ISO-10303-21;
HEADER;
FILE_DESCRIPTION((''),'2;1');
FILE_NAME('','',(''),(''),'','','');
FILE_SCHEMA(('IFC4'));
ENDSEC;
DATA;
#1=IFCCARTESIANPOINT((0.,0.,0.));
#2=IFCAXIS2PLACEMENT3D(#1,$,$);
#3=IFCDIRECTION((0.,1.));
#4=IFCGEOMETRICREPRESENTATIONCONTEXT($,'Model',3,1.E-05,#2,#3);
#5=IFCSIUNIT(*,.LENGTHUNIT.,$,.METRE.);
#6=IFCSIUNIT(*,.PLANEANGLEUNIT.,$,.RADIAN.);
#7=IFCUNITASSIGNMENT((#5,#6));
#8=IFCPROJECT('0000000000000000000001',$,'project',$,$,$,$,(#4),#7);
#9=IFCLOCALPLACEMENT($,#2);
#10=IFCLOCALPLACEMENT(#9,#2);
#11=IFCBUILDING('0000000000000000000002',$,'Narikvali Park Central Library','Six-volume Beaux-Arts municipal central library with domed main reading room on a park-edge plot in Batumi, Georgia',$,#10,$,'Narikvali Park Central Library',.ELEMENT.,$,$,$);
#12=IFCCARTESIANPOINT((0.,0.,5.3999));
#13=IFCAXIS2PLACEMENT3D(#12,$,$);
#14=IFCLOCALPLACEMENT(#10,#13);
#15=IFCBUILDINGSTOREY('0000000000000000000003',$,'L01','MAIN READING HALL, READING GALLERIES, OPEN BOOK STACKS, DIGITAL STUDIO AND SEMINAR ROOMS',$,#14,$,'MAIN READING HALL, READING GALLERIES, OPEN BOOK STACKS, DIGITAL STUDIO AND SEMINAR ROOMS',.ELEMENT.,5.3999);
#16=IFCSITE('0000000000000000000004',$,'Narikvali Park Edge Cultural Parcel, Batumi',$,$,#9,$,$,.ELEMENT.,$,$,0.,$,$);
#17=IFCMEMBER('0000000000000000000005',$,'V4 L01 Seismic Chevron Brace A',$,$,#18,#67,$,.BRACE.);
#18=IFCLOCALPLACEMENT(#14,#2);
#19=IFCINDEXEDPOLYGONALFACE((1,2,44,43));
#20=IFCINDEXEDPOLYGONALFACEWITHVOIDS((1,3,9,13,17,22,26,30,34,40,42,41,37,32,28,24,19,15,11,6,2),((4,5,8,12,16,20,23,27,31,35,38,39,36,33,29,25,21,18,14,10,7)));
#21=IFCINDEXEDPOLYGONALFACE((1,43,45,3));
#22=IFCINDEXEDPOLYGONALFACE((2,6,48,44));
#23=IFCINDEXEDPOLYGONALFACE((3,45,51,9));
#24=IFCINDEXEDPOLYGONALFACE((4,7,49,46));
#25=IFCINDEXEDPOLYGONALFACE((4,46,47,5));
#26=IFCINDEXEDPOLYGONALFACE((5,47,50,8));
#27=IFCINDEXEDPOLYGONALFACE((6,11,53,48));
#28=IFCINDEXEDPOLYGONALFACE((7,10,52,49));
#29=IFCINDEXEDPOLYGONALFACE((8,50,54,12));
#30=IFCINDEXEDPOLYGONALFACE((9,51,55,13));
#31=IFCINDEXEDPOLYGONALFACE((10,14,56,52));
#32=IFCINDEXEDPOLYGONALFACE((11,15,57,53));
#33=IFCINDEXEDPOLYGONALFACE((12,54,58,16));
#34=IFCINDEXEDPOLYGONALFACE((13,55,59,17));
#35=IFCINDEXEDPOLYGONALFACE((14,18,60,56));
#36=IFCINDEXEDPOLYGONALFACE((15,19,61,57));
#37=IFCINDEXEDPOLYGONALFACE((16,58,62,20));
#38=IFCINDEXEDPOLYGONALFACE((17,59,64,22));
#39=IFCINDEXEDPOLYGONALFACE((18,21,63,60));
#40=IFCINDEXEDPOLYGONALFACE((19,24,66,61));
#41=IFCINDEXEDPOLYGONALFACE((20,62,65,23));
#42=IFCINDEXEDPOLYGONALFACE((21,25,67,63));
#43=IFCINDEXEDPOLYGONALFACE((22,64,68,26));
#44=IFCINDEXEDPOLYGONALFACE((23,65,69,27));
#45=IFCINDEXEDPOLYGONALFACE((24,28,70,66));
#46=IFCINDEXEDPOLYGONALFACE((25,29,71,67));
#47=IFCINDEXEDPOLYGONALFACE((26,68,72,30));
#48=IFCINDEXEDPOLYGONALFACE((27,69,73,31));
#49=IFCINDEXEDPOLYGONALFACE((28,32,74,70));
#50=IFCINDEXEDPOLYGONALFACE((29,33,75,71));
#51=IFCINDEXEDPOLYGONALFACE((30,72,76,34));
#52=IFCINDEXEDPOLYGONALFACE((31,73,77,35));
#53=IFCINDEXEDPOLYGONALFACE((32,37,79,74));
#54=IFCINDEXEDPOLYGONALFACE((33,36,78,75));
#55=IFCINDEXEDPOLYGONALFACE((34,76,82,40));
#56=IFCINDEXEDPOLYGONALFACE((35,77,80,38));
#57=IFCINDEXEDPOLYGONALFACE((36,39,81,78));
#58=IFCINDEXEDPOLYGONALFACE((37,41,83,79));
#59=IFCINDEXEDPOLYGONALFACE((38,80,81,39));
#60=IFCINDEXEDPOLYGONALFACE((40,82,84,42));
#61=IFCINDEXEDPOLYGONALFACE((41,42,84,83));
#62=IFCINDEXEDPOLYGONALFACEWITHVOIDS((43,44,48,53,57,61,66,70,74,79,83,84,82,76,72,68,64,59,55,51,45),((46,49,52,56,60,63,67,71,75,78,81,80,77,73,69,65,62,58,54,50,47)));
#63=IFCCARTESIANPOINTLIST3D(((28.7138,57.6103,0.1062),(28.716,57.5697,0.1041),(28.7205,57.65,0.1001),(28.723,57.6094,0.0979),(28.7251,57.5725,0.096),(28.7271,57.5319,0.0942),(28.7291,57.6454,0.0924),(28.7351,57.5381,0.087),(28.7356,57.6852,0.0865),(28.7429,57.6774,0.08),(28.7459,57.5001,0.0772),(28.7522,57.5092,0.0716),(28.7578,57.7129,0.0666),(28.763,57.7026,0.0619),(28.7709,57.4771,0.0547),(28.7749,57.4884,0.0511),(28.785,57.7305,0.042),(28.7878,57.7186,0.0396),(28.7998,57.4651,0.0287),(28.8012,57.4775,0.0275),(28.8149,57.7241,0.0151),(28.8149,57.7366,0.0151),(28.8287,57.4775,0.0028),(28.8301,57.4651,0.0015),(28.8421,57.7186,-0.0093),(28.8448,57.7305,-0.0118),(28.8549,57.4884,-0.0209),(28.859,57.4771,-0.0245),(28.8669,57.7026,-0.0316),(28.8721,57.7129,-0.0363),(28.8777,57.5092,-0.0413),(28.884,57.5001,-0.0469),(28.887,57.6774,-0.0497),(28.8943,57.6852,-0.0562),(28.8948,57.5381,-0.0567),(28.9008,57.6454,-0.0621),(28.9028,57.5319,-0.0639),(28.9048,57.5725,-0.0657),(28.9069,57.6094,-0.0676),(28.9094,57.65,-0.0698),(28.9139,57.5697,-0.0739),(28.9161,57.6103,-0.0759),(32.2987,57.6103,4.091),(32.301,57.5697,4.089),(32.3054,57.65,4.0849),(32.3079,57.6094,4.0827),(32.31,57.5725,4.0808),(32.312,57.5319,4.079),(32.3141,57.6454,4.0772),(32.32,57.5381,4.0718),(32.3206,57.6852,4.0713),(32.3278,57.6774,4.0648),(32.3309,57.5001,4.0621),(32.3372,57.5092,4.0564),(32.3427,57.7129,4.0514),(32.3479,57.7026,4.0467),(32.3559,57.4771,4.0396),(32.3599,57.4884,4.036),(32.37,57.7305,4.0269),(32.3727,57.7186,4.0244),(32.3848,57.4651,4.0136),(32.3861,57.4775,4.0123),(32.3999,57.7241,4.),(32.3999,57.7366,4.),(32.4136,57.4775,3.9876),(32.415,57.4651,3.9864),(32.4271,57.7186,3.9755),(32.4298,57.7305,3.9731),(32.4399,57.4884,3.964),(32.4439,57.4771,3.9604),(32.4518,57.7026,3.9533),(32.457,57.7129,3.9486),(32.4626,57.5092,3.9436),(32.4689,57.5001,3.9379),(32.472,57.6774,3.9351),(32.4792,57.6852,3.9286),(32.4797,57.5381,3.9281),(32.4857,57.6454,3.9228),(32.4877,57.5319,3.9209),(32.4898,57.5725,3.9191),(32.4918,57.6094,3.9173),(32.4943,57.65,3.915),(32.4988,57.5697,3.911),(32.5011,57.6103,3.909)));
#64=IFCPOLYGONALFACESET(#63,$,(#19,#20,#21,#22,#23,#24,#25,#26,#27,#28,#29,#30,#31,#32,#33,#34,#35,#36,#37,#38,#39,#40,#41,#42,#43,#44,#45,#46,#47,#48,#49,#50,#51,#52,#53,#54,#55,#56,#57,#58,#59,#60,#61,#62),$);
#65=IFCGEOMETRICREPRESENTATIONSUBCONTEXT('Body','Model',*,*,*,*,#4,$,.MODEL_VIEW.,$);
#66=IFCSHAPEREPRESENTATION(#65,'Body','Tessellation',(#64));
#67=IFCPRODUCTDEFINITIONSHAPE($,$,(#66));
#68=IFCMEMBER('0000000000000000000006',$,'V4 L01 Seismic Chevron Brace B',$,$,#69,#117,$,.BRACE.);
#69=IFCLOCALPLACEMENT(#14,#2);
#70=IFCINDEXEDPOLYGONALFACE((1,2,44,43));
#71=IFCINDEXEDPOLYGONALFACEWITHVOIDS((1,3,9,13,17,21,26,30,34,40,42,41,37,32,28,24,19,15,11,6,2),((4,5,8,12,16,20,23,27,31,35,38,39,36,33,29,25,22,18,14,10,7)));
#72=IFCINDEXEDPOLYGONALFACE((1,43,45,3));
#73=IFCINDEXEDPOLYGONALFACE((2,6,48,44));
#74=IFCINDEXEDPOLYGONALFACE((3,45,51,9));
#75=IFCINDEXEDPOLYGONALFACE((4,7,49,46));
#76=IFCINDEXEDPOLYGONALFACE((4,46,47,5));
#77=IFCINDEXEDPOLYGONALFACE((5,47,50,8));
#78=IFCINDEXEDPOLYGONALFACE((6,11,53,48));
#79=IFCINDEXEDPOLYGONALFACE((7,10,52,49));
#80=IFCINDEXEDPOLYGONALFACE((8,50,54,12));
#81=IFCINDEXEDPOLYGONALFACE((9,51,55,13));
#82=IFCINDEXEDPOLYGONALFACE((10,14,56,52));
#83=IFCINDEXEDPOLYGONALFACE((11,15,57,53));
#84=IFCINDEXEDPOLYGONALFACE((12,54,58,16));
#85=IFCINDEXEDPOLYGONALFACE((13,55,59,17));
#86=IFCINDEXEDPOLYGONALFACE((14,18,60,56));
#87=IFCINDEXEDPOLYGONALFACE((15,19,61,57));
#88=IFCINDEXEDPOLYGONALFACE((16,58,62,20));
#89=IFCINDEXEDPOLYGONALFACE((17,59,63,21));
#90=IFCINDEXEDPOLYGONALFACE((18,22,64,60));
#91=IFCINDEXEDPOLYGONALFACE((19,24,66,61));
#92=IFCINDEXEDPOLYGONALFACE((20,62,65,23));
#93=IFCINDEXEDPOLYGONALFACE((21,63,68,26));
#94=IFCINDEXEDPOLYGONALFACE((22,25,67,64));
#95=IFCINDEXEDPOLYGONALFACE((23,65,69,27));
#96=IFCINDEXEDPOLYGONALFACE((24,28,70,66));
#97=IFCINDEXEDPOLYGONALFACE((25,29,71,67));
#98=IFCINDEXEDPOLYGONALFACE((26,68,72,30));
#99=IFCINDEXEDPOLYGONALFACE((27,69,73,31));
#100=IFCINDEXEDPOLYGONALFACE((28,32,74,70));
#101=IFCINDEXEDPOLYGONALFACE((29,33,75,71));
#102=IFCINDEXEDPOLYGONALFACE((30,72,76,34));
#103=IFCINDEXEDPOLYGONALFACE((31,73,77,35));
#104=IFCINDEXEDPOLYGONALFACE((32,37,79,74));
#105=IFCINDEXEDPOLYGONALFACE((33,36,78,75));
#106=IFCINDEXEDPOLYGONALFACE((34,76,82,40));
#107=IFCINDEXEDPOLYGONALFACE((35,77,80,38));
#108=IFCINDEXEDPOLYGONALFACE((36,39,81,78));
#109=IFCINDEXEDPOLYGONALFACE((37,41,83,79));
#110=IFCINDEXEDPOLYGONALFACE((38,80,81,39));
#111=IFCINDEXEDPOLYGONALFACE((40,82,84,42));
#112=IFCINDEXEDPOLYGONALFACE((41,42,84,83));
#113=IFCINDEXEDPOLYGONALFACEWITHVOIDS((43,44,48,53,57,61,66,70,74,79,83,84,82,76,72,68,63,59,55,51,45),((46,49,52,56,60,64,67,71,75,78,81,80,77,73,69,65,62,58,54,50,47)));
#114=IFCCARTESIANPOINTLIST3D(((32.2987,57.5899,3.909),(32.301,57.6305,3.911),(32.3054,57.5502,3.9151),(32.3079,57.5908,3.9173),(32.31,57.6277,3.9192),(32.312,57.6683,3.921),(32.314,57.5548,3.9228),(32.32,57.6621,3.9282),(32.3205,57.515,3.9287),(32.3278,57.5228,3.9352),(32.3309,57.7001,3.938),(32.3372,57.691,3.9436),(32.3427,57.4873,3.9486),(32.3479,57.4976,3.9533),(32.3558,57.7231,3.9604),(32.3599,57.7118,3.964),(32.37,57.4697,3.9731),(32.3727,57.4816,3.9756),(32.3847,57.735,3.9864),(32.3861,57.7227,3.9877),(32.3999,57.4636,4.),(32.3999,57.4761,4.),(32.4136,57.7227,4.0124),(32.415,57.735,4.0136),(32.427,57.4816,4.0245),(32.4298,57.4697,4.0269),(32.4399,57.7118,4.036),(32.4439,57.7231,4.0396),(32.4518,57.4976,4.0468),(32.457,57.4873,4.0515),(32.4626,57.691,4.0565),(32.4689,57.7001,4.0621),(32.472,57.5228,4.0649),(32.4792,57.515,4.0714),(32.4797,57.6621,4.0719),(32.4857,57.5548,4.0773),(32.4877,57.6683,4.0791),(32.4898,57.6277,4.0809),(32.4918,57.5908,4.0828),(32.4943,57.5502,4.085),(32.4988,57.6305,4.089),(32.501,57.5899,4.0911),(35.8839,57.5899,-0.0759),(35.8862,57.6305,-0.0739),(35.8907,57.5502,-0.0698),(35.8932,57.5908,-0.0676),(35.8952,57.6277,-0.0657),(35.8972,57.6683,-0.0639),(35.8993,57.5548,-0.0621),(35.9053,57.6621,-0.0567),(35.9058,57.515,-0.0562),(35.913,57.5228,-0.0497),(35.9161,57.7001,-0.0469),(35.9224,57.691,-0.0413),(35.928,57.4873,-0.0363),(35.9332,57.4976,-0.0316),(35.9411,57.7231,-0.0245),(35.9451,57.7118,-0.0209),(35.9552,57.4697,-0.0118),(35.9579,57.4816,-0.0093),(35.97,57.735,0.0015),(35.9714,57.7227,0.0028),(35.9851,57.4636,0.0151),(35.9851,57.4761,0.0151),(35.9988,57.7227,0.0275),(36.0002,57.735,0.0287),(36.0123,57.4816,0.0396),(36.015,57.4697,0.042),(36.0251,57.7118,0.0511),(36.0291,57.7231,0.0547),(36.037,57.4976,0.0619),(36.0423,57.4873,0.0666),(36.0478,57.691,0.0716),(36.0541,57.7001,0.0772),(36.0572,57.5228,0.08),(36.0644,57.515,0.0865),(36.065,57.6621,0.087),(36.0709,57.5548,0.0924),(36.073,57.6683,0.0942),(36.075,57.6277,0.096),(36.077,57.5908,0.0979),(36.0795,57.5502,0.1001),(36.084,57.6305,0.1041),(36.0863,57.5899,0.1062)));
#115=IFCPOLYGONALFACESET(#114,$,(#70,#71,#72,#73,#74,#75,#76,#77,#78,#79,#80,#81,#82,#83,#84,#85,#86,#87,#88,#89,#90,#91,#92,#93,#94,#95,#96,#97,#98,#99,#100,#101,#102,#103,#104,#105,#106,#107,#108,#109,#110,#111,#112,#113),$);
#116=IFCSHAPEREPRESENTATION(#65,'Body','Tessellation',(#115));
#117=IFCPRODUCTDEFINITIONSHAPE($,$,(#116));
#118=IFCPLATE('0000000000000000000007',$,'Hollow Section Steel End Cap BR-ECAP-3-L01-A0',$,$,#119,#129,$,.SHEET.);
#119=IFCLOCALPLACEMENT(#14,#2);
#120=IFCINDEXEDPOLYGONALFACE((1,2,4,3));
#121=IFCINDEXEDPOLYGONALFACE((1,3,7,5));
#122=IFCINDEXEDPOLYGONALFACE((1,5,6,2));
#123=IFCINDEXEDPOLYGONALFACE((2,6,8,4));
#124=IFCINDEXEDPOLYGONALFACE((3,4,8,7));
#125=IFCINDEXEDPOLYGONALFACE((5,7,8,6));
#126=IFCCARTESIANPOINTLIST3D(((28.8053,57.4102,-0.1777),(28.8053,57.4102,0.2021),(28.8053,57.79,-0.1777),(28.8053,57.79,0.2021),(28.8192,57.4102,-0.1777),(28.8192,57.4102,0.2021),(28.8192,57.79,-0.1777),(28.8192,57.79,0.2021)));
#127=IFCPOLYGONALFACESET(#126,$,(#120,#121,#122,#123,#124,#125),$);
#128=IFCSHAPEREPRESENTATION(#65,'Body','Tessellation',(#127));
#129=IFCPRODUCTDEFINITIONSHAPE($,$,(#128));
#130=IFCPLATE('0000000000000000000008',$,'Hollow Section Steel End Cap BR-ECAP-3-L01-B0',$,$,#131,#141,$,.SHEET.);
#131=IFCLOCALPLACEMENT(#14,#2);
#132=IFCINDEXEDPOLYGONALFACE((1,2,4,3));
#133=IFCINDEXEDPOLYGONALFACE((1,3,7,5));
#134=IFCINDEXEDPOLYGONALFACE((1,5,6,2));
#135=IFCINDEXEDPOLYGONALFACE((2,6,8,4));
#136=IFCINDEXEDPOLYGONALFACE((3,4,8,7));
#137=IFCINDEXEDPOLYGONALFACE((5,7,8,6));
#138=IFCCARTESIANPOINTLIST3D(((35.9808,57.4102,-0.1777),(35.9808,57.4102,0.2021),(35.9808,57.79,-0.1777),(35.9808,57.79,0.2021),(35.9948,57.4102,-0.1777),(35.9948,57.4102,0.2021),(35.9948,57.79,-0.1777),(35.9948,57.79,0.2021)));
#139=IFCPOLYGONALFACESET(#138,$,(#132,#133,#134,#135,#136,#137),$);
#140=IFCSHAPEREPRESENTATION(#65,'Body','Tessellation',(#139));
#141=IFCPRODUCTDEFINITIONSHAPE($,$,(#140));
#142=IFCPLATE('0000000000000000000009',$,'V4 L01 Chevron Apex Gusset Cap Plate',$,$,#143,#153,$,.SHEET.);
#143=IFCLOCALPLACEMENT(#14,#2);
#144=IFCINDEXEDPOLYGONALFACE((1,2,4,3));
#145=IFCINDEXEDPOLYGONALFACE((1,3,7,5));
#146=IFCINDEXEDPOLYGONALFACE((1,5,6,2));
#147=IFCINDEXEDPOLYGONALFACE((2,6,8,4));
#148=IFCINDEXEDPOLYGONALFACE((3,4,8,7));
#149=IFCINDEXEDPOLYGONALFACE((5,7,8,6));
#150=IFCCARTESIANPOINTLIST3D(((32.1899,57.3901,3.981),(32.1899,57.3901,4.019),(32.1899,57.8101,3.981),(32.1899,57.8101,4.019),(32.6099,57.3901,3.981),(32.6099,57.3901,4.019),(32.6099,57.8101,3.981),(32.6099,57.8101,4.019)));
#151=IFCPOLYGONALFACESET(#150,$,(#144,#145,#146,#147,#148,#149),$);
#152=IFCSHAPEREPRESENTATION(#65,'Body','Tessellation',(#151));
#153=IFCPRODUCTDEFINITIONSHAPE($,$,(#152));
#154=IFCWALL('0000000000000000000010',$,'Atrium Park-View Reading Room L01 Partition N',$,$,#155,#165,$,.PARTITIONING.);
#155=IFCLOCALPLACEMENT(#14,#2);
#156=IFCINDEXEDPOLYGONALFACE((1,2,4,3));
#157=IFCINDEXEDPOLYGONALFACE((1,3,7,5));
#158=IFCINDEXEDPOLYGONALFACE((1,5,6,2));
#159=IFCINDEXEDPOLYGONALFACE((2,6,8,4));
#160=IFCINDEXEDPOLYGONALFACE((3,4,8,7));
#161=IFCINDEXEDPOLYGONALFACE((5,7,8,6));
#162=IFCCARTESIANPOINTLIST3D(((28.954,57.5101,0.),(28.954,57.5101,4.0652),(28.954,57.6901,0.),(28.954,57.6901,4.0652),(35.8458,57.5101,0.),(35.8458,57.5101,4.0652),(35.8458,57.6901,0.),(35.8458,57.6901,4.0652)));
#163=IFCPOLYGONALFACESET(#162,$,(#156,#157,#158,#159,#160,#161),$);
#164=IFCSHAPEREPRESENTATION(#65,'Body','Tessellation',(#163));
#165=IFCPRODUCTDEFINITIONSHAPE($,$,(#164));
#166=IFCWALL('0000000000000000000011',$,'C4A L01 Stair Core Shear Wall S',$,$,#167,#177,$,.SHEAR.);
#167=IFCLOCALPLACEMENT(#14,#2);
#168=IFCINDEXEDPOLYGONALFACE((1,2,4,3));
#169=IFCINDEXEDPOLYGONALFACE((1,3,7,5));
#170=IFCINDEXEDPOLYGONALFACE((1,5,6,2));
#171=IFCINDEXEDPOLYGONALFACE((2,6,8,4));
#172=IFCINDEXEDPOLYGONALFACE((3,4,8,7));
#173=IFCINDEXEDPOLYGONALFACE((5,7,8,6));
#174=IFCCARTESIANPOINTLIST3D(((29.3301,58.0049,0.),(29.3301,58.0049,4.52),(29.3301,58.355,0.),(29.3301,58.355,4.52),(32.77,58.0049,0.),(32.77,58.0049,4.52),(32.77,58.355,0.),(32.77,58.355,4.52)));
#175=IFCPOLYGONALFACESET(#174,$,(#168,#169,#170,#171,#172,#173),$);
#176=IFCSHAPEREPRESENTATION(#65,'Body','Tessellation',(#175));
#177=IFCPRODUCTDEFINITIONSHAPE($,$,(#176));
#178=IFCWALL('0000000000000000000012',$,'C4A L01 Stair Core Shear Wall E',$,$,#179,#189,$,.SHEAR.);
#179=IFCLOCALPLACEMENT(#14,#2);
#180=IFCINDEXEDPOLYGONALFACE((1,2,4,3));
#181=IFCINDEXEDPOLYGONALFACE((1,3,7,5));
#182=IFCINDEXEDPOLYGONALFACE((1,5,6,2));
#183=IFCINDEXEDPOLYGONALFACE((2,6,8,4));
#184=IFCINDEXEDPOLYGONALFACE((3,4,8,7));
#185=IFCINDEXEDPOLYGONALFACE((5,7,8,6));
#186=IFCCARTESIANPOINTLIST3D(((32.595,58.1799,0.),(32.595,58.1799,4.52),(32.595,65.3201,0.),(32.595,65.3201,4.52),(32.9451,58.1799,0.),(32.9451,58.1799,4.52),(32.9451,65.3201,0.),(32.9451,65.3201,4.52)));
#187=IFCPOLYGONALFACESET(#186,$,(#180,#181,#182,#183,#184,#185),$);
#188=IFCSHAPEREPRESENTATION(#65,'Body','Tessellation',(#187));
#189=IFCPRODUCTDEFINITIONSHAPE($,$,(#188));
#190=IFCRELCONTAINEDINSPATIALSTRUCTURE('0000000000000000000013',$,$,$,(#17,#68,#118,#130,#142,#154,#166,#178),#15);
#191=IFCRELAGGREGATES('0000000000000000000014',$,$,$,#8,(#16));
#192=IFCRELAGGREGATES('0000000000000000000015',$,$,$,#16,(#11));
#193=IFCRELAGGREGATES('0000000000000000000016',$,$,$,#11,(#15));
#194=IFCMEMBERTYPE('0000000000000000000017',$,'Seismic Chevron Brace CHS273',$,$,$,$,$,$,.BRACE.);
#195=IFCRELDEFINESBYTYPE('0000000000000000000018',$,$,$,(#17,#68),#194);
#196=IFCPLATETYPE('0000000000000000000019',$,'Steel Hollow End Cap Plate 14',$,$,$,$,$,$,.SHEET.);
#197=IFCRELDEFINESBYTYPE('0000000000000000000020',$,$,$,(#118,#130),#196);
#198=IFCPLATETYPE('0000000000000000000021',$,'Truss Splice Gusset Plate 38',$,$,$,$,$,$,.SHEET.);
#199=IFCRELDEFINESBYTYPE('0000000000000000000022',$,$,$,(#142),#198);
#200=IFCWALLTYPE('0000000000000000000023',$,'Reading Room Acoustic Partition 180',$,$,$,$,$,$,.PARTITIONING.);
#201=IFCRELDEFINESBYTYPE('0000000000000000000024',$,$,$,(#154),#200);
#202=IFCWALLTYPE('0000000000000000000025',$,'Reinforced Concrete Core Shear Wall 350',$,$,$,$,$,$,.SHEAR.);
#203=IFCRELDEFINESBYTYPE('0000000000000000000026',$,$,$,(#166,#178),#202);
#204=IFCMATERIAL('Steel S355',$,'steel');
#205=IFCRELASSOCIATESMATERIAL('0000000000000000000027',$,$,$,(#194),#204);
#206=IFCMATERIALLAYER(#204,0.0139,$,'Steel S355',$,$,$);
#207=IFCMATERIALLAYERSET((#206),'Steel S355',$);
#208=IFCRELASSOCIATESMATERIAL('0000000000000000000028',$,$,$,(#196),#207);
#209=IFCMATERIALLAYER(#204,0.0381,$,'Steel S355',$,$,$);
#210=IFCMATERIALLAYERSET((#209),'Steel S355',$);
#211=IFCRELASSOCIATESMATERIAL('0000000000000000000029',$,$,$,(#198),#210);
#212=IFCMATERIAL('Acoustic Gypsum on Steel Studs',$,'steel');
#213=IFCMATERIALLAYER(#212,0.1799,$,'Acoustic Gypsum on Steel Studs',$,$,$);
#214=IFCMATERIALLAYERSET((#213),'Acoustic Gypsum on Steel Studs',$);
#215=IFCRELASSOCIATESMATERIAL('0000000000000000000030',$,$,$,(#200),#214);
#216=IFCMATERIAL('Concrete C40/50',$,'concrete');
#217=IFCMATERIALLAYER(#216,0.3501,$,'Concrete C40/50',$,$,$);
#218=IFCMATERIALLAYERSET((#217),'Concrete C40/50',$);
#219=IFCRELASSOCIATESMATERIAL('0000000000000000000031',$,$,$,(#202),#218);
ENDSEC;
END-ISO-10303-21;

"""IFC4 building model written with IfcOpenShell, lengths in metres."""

from ifc_helpers import new_model, si_unit, direction, frame, frame_2d, origin, origin_2d, place, context, subcontext, project, spatial, rectangle, hollow_circle, extrude, material, layer, layer_set, material_profile, profile_set, type_object, element, save


model = new_model("IFC4")

# Units and contexts
model_context = context("Model", 3, precision=1e-05, world=origin(), true_north=direction((0.0, 1.0)))
body_context = subcontext(model_context, "Body", "Model", "MODEL_VIEW")
ifc_project = project(units=[si_unit("LENGTHUNIT", "METRE"), si_unit("PLANEANGLEUNIT", "RADIAN")], contexts=[model_context])

# Site, building, storey
site_placement = place(None, origin())
site = spatial("IfcSite", under=ifc_project, at=site_placement, Name="Narikvali Park Edge Cultural Parcel, Batumi", CompositionType="ELEMENT", RefElevation=0.0)
building_placement = place(site_placement, origin())
building = spatial("IfcBuilding", under=site, at=building_placement, Name="Narikvali Park Central Library", Description="Six-volume Beaux-Arts municipal central library with domed main reading room on a park-edge plot in Batumi, Georgia", LongName="Narikvali Park Central Library", CompositionType="ELEMENT")
storey_placement = place(building_placement, frame((0.0, 0.0, 5.3999)))
storey = spatial("IfcBuildingStorey", under=building, at=storey_placement, Name="L01", Description="MAIN READING HALL, READING GALLERIES, OPEN BOOK STACKS, DIGITAL STUDIO AND SEMINAR ROOMS", LongName="MAIN READING HALL, READING GALLERIES, OPEN BOOK STACKS, DIGITAL STUDIO AND SEMINAR ROOMS", CompositionType="ELEMENT", Elevation=5.3999)

# Shared definitions
ifc_material_1 = material(Name="Steel S355", Category="steel")

# Members
ifc_material_profile_1 = material_profile(ifc_material_1, hollow_circle(Radius=0.1365, WallThickness=0.0125, at=origin_2d()), Name="CHS 273x12.5")
ifc_profile_set_1 = profile_set([ifc_material_profile_1], Name="Steel S355")
member_type = type_object("IfcMemberType", Name="Seismic Chevron Brace CHS273", PredefinedType="BRACE", material=ifc_profile_set_1)
member_1_placement = place(storey_placement, frame((28.8149, 57.6001, 0.0151), z_axis=(0.668819, 0.0, 0.743425), x_axis=(0.0, 1.0, 0.0)))
element("IfcMember", 1, at=member_1_placement, inside=storey, type_object=member_type, Name="V4 L01 Seismic Chevron Brace A", PredefinedType="BRACE", context=body_context, shape_type="SweptSolid", body=[
    extrude(hollow_circle(Radius=0.1365, WallThickness=0.0125, at=origin_2d()), origin(), (0.0, 0.0, 1.0), 5.3601),
])
member_2_placement = place(storey_placement, frame((35.9851, 57.6001, 0.0151), z_axis=(-0.668844, 0.0, 0.743403), x_axis=(0.0, -1.0, 0.0)))
element("IfcMember", 2, at=member_2_placement, inside=storey, type_object=member_type, Name="V4 L01 Seismic Chevron Brace B", PredefinedType="BRACE", context=body_context, shape_type="SweptSolid", body=[
    extrude(hollow_circle(Radius=0.1365, WallThickness=0.0125, at=origin_2d()), origin(), (0.0, 0.0, 1.0), 5.3604),
])

# Plates
ifc_layer_1 = layer(ifc_material_1, 0.0139, Name="Steel S355")
ifc_layer_set_1 = layer_set([ifc_layer_1], Name="Steel S355")
plate_type_1 = type_object("IfcPlateType", Name="Steel Hollow End Cap Plate 14", PredefinedType="SHEET", material=ifc_layer_set_1)
for number, where, z_axis, x_axis, name in (
    (3, (28.8123, 57.6001, -0.1777), (0.0, 0.0, 1.0), (-1.0, 0.0, 0.0), "Hollow Section Steel End Cap BR-ECAP-3-L01-A0"),
    (4, (35.9878, 57.6001, -0.1777), (0.0, 0.0, 1.0), (1.0, 0.0, 0.0), "Hollow Section Steel End Cap BR-ECAP-3-L01-B0"),
):
    element("IfcPlate", number, at=place(storey_placement, frame(where, z_axis=z_axis, x_axis=x_axis)), inside=storey, type_object=plate_type_1, Name=name, PredefinedType="SHEET", context=body_context, shape_type="SweptSolid", body=[
        extrude(rectangle(XDim=0.0139, YDim=0.3799, at=origin_2d()), origin(), (0.0, 0.0, 1.0), 0.3799),
    ])
ifc_layer_2 = layer(ifc_material_1, 0.0381, Name="Steel S355")
ifc_layer_set_2 = layer_set([ifc_layer_2], Name="Steel S355")
plate_type_2 = type_object("IfcPlateType", Name="Truss Splice Gusset Plate 38", PredefinedType="SHEET", material=ifc_layer_set_2)
plate_placement = place(storey_placement, frame((32.3999, 57.6001, 3.981), z_axis=(0.0, 0.0, 1.0), x_axis=(1.0, 0.0, 0.0)))
element("IfcPlate", 5, at=plate_placement, inside=storey, type_object=plate_type_2, Name="V4 L01 Chevron Apex Gusset Cap Plate", PredefinedType="SHEET", context=body_context, shape_type="SweptSolid", body=[
    extrude(rectangle(XDim=0.4199, YDim=0.4199, at=origin_2d()), origin(), (0.0, 0.0, 1.0), 0.0381),
])

# Walls
ifc_material_2 = material(Name="Acoustic Gypsum on Steel Studs", Category="steel")
ifc_layer_3 = layer(ifc_material_2, 0.1799, Name="Acoustic Gypsum on Steel Studs")
ifc_layer_set_3 = layer_set([ifc_layer_3], Name="Acoustic Gypsum on Steel Studs")
wall_type_1 = type_object("IfcWallType", Name="Reading Room Acoustic Partition 180", PredefinedType="PARTITIONING", material=ifc_layer_set_3)
wall_1_placement = place(storey_placement, frame((28.9541, 57.6001, 0.0), z_axis=(0.0, 0.0, 1.0), x_axis=(1.0, 0.0, 0.0)))
element("IfcWall", 6, at=wall_1_placement, inside=storey, type_object=wall_type_1, Name="Atrium Park-View Reading Room L01 Partition N", PredefinedType="PARTITIONING", context=body_context, shape_type="SweptSolid", body=[
    extrude(rectangle(XDim=6.8918, YDim=0.1799, at=frame_2d((3.4458, 0.0))), origin(), (0.0, 0.0, 1.0), 4.0652),
])
ifc_material_3 = material(Name="Concrete C40/50", Category="concrete")
ifc_layer_4 = layer(ifc_material_3, 0.3501, Name="Concrete C40/50")
ifc_layer_set_4 = layer_set([ifc_layer_4], Name="Concrete C40/50")
wall_type_2 = type_object("IfcWallType", Name="Reinforced Concrete Core Shear Wall 350", PredefinedType="SHEAR", material=ifc_layer_set_4)
wall_2_placement = place(storey_placement, frame((29.3301, 58.1799, 0.0), z_axis=(0.0, 0.0, 1.0), x_axis=(1.0, 0.0, 0.0)))
element("IfcWall", 7, at=wall_2_placement, inside=storey, type_object=wall_type_2, Name="C4A L01 Stair Core Shear Wall S", PredefinedType="SHEAR", context=body_context, shape_type="SweptSolid", body=[
    extrude(rectangle(XDim=3.4399, YDim=0.3501, at=frame_2d((1.72, 0.0))), origin(), (0.0, 0.0, 1.0), 4.52),
])
wall_3_placement = place(storey_placement, frame((32.77, 58.1799, 0.0), z_axis=(0.0, 0.0, 1.0), x_axis=(0.0, 1.0, 0.0)))
element("IfcWall", 8, at=wall_3_placement, inside=storey, type_object=wall_type_2, Name="C4A L01 Stair Core Shear Wall E", PredefinedType="SHEAR", context=body_context, shape_type="SweptSolid", body=[
    extrude(rectangle(XDim=7.1401, YDim=0.3501, at=frame_2d((3.5701, 0.0))), origin(), (0.0, 0.0, 1.0), 4.52),
])

save(model, "model.ifc")
